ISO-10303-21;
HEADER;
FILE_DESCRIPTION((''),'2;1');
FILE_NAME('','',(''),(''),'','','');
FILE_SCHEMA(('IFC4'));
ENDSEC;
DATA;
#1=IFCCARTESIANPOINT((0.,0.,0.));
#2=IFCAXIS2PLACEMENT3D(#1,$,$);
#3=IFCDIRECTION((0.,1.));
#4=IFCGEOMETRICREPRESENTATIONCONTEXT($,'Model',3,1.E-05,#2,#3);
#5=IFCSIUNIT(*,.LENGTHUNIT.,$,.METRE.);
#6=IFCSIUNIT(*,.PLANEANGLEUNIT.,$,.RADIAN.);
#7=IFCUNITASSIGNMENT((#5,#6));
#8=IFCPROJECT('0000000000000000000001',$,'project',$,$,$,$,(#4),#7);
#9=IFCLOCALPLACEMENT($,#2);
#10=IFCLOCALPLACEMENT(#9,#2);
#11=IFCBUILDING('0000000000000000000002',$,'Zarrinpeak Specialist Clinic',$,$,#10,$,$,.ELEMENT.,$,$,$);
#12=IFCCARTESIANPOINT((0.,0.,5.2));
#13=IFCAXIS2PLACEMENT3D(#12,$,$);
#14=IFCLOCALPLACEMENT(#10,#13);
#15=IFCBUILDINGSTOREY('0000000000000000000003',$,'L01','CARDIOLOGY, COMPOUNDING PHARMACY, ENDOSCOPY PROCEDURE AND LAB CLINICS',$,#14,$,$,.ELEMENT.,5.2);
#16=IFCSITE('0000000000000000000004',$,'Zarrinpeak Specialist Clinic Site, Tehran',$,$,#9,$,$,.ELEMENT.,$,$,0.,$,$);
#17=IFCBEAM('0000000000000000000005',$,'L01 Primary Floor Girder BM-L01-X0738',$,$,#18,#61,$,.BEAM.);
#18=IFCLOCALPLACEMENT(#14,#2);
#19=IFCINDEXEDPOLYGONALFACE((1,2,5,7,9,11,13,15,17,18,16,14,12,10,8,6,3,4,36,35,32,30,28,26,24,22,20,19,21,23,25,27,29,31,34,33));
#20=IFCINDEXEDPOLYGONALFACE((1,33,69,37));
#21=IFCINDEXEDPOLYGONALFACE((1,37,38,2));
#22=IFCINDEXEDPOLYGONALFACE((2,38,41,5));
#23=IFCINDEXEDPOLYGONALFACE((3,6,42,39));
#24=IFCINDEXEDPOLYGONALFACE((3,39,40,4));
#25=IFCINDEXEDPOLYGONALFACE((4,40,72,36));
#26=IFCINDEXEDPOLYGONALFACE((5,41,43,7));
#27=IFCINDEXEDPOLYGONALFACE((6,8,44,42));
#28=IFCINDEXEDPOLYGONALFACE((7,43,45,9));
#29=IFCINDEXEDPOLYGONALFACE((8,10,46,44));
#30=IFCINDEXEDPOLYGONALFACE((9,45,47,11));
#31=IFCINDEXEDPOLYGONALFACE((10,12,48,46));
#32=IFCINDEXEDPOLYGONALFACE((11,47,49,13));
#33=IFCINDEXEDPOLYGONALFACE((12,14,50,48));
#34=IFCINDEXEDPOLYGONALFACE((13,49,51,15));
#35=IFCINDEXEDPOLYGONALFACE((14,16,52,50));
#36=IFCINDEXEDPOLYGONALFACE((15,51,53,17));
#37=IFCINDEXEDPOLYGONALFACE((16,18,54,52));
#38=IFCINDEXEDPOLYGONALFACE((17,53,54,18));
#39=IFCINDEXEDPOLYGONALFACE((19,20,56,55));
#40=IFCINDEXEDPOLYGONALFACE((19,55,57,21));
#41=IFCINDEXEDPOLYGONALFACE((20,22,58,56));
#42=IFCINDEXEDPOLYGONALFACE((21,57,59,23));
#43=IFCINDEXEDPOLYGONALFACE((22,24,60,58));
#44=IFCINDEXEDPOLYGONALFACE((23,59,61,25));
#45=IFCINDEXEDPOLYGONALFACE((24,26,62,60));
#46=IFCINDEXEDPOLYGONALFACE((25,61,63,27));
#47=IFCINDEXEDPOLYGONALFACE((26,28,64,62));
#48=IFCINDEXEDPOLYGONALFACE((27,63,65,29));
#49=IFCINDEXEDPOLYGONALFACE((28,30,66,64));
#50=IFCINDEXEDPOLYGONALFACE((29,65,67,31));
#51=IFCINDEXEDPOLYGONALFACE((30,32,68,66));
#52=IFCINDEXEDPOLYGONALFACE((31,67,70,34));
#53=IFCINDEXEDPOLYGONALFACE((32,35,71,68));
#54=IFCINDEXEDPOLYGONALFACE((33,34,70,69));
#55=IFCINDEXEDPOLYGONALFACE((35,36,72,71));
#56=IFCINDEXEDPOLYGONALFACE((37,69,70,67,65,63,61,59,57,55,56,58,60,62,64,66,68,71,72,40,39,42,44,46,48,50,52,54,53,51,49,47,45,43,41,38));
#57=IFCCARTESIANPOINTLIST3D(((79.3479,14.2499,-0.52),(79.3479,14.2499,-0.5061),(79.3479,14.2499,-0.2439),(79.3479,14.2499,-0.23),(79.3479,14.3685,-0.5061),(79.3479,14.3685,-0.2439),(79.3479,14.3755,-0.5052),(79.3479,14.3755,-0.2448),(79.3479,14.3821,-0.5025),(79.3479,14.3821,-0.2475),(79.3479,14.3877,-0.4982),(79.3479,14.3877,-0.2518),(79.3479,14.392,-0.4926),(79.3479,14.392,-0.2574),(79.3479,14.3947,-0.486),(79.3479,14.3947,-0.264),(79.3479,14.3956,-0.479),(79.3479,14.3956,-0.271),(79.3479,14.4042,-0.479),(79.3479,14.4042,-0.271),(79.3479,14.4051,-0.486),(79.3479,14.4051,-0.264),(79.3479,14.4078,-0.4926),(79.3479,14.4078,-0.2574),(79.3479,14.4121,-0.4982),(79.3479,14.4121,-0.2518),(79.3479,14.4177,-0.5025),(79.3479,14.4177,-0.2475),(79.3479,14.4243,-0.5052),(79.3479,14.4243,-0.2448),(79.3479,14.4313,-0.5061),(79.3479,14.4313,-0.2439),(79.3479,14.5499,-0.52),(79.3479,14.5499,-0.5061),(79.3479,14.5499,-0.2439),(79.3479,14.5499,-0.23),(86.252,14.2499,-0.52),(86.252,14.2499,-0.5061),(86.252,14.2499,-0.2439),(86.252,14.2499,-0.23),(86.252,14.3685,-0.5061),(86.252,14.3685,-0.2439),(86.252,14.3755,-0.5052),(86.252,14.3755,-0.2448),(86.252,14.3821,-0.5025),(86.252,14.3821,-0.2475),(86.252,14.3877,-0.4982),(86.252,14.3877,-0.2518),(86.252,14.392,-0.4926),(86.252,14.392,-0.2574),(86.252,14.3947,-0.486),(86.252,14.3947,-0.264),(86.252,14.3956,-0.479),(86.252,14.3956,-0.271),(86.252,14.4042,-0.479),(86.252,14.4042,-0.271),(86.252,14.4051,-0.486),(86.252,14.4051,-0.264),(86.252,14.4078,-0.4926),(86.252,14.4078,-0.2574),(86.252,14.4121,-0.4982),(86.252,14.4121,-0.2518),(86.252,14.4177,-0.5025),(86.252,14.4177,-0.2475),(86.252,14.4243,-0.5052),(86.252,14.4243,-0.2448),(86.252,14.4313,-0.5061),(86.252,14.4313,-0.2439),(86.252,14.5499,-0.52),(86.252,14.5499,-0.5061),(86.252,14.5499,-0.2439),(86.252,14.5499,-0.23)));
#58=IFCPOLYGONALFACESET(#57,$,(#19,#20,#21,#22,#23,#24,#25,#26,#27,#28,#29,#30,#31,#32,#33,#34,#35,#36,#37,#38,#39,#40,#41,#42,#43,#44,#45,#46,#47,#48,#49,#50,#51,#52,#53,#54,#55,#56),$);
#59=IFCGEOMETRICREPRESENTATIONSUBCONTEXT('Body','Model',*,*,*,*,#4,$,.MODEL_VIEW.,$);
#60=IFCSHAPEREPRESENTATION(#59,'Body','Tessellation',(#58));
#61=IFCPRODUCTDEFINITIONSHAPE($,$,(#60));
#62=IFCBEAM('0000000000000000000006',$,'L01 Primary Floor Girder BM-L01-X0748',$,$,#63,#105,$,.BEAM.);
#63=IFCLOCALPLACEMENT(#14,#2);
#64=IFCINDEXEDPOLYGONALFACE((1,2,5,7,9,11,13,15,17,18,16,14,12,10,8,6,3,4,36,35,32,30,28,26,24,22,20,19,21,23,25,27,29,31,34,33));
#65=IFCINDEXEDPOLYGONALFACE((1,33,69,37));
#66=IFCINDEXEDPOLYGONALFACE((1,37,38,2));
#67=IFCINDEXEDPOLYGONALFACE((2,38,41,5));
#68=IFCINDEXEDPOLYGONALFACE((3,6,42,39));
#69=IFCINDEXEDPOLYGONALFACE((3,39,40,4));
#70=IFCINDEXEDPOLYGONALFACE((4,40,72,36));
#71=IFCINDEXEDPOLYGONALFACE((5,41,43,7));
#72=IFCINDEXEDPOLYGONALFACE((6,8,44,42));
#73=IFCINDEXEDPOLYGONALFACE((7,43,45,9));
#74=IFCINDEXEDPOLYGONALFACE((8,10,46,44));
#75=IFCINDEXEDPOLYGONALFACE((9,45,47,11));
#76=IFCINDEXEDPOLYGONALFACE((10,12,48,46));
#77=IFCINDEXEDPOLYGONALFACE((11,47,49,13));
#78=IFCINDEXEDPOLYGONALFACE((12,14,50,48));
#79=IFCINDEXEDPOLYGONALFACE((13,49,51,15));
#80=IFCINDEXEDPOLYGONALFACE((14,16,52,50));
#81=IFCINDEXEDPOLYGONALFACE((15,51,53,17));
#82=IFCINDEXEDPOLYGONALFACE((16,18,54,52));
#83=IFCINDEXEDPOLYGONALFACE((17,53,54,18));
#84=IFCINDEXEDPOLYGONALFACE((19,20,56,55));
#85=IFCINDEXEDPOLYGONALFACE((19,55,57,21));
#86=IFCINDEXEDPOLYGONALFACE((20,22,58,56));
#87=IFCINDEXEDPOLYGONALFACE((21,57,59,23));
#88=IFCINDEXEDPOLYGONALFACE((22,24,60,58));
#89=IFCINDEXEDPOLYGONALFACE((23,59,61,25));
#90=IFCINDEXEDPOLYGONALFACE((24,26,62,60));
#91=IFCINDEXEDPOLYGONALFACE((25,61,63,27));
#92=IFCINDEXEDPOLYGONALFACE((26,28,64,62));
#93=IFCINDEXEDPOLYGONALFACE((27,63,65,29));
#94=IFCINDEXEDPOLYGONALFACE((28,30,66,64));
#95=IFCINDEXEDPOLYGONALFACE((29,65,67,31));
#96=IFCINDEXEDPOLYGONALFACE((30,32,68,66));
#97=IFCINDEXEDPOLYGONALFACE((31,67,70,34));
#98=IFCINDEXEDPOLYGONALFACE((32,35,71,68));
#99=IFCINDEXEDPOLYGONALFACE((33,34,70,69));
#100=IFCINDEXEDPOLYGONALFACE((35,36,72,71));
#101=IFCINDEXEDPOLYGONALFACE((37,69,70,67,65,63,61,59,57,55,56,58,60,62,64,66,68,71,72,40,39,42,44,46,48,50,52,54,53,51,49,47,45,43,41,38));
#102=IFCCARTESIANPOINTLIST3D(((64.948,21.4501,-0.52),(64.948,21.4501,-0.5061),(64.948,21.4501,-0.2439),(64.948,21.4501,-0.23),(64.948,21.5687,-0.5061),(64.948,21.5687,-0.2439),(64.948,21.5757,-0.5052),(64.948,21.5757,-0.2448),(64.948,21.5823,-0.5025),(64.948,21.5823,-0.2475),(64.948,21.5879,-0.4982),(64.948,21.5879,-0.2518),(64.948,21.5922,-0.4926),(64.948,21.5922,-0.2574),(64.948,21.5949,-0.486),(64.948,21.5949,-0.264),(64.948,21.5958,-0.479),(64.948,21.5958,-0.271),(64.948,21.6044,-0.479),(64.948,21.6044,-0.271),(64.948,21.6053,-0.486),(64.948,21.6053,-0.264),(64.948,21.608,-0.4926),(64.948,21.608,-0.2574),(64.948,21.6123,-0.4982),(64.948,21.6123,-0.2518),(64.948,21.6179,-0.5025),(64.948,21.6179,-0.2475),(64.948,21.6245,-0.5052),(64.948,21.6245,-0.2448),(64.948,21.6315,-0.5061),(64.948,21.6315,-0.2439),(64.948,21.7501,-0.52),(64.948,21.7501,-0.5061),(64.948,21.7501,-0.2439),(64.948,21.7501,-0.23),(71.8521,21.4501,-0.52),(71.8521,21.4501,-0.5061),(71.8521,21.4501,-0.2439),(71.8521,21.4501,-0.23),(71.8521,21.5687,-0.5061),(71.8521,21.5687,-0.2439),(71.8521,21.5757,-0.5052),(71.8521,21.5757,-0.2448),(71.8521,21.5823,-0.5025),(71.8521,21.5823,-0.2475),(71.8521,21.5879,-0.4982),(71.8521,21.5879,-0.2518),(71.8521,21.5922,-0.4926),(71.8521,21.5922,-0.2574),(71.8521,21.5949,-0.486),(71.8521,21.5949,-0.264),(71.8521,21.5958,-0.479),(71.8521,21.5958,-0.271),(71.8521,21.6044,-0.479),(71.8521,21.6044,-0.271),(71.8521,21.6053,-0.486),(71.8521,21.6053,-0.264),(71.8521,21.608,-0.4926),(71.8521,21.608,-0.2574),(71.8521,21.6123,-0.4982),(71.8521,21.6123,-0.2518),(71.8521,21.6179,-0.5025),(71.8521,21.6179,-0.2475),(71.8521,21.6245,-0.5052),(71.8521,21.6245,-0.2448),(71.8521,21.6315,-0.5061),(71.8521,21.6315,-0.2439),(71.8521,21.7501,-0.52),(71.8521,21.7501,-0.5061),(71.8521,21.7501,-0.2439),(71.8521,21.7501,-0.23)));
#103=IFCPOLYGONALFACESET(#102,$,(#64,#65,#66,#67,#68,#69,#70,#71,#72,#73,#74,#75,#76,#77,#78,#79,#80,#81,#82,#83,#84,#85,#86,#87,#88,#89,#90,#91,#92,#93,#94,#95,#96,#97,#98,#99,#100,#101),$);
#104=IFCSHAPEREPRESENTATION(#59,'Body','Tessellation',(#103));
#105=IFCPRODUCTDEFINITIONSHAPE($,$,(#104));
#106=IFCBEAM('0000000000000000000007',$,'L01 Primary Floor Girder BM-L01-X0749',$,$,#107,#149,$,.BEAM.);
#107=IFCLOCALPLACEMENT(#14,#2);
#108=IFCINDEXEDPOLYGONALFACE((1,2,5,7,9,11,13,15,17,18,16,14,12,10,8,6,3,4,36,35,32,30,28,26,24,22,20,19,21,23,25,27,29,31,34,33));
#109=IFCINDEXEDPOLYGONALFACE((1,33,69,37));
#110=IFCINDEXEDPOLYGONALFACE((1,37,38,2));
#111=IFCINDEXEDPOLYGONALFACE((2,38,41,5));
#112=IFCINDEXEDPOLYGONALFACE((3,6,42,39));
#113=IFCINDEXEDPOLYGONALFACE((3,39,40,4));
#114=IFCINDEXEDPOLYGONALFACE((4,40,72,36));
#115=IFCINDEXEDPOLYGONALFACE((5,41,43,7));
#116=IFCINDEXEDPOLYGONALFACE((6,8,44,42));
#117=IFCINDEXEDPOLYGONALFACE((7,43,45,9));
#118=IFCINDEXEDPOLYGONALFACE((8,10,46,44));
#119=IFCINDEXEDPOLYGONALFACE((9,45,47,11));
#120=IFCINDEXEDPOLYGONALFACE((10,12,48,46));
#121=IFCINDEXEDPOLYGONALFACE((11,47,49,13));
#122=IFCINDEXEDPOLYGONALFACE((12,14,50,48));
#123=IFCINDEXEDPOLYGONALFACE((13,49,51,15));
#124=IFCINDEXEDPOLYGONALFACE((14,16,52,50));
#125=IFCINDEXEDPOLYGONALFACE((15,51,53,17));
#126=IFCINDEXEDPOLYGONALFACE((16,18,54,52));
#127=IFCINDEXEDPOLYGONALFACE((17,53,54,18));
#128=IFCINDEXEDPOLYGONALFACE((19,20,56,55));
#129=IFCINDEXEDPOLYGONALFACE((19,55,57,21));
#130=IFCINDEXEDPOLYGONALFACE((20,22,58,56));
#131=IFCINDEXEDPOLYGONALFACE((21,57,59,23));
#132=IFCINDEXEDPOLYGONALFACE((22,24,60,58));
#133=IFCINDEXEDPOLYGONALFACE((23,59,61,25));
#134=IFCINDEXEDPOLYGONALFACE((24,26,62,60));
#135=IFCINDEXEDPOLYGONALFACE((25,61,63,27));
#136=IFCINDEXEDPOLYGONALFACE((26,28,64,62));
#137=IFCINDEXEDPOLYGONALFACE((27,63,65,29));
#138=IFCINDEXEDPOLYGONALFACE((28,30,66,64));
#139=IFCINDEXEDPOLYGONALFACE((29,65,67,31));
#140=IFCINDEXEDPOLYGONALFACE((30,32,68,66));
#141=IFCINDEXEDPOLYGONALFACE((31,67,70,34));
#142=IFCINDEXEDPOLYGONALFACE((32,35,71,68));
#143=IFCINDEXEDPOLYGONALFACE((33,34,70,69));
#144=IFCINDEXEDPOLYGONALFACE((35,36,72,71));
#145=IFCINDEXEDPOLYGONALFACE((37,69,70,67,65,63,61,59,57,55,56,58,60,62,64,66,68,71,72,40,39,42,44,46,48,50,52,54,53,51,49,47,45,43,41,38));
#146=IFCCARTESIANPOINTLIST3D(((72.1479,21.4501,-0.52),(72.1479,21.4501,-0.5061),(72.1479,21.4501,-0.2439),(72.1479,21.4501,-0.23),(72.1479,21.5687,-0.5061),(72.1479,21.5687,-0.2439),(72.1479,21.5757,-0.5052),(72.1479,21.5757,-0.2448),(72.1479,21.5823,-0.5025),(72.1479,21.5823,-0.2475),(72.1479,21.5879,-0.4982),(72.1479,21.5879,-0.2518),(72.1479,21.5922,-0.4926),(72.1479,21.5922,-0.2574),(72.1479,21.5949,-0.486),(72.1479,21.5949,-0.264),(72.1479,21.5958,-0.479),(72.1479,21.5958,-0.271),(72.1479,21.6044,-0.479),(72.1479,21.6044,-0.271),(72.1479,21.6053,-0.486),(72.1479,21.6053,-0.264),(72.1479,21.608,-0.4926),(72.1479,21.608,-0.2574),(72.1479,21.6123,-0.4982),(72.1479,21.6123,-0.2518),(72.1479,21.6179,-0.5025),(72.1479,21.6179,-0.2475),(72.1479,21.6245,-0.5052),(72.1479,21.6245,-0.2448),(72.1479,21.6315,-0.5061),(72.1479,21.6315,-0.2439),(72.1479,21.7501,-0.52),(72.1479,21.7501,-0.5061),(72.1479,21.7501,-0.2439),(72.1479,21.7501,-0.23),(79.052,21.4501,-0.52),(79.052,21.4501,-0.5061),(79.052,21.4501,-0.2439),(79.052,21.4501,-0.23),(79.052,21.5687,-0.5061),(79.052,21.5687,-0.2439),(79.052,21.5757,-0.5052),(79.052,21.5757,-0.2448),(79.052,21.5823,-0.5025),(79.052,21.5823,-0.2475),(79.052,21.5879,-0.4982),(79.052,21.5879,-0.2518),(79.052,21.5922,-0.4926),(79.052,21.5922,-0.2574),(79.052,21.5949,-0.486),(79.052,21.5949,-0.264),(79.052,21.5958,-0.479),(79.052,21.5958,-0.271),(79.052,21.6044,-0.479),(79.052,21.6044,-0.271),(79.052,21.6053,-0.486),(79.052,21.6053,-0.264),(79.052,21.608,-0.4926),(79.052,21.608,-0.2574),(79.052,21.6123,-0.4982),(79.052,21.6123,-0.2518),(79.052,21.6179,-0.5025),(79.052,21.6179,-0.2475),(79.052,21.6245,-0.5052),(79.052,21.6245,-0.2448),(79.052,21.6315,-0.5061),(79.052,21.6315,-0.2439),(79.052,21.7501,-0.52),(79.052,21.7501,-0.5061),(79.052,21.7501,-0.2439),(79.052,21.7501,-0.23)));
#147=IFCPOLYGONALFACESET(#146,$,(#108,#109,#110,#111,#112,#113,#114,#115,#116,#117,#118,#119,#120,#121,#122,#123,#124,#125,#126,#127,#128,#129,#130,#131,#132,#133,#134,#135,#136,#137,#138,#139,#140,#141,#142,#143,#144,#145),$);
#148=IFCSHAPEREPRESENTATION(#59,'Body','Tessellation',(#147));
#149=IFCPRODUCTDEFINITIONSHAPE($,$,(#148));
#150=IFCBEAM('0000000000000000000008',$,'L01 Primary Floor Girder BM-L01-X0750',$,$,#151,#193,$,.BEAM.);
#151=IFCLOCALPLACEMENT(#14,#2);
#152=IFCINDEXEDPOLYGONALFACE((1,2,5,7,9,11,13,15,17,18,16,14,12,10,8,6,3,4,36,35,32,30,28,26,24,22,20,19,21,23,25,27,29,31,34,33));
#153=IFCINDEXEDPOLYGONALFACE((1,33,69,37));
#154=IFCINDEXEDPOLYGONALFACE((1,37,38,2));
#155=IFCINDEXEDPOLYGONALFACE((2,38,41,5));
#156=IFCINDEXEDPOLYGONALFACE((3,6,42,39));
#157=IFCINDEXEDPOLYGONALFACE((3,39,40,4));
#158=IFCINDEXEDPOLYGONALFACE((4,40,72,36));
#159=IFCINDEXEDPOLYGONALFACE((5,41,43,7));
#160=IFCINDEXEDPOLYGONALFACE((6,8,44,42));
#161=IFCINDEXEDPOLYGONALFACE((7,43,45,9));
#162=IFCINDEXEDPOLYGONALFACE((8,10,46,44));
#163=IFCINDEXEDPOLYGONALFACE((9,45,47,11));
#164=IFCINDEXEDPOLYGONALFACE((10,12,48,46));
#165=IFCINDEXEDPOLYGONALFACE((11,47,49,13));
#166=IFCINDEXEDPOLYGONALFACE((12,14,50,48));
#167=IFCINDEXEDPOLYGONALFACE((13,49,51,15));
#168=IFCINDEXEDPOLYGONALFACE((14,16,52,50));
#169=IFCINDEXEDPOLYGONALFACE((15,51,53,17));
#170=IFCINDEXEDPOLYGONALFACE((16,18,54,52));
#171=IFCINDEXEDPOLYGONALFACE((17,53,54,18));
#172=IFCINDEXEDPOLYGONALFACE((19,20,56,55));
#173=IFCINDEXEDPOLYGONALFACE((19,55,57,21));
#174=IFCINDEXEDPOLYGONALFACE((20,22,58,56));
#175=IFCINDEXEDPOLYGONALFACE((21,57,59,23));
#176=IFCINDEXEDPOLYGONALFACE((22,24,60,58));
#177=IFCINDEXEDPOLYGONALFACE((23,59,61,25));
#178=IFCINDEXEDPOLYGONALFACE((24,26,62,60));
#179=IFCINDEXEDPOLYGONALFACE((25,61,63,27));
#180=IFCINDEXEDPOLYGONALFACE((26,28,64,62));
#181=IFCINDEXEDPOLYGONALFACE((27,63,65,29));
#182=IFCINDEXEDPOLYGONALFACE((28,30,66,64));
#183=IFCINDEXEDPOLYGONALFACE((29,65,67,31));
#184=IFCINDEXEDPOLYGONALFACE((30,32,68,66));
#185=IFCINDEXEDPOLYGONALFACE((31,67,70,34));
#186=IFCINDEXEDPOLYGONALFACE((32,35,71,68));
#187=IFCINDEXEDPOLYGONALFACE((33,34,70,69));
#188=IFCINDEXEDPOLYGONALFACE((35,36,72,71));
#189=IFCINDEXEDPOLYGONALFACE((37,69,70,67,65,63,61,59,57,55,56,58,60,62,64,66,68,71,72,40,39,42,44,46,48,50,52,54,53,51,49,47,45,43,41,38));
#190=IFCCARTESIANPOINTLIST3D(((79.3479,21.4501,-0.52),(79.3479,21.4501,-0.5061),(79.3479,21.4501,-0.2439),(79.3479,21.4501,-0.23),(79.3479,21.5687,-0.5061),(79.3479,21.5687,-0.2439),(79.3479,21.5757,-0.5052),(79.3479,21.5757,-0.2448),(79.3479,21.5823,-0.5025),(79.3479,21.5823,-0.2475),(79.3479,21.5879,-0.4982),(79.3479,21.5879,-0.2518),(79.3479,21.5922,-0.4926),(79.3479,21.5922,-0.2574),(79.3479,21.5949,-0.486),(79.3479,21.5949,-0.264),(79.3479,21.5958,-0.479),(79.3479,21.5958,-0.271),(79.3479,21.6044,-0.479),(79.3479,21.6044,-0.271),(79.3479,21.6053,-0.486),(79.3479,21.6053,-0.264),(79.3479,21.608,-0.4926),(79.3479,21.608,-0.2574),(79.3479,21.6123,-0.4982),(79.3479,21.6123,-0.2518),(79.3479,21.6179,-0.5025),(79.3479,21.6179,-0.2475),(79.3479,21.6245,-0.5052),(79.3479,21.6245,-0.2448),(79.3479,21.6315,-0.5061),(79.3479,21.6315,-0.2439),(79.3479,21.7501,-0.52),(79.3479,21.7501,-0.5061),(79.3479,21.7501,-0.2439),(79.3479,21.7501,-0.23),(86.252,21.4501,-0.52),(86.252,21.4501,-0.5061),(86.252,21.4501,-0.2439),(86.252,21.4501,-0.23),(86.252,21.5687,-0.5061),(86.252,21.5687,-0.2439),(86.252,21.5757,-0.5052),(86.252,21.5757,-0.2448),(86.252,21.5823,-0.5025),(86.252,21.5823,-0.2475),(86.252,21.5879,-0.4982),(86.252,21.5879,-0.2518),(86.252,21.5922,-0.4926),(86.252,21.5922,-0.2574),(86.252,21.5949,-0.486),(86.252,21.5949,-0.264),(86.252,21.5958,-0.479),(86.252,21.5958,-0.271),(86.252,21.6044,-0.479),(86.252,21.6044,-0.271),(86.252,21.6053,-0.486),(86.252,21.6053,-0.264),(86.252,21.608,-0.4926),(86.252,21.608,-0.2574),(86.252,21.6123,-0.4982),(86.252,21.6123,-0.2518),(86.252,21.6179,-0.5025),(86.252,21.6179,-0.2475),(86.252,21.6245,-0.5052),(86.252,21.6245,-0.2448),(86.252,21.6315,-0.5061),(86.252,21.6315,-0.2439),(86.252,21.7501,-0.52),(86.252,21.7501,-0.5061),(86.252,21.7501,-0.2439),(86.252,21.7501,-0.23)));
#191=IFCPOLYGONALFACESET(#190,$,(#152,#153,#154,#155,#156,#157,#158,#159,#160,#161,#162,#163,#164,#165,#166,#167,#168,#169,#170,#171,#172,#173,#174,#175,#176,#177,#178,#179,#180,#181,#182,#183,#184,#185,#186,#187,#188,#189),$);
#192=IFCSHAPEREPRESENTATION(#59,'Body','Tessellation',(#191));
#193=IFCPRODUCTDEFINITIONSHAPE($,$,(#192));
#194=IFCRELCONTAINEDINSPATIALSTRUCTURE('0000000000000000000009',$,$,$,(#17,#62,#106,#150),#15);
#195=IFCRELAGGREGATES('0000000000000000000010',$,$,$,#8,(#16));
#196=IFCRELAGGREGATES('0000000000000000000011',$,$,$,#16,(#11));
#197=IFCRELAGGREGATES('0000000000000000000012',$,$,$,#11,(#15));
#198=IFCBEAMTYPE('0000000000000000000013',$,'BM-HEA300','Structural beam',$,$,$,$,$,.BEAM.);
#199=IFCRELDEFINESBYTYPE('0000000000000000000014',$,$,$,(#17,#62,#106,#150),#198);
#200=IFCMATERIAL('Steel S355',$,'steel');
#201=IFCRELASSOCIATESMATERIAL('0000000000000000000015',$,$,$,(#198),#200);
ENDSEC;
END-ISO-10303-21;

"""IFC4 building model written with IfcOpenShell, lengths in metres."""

from ifc_helpers import new_model, si_unit, direction, frame, origin, origin_2d, place, context, subcontext, project, spatial, i_section, extrude, material, material_profile, profile_set, type_object, element, save


model = new_model("IFC4")

# Units and contexts
model_context = context("Model", 3, precision=1e-05, world=origin(), true_north=direction((0.0, 1.0)))
body_context = subcontext(model_context, "Body", "Model", "MODEL_VIEW")
ifc_project = project(units=[si_unit("LENGTHUNIT", "METRE"), si_unit("PLANEANGLEUNIT", "RADIAN")], contexts=[model_context])

# Site, building, storey
site_placement = place(None, origin())
site = spatial("IfcSite", under=ifc_project, at=site_placement, Name="Zarrinpeak Specialist Clinic Site, Tehran", CompositionType="ELEMENT", RefElevation=0.0)
building_placement = place(site_placement, origin())
building = spatial("IfcBuilding", under=site, at=building_placement, Name="Zarrinpeak Specialist Clinic", CompositionType="ELEMENT")
storey_placement = place(building_placement, frame((0.0, 0.0, 5.2)))
storey = spatial("IfcBuildingStorey", under=building, at=storey_placement, Name="L01", Description="CARDIOLOGY, COMPOUNDING PHARMACY, ENDOSCOPY PROCEDURE AND LAB CLINICS", CompositionType="ELEMENT", Elevation=5.2)

# Shared definitions
ifc_material_1 = material(Name="Steel S355", Category="steel")

# Beams
ifc_material_profile_1 = material_profile(ifc_material_1, i_section(OverallWidth=0.3, OverallDepth=0.29, WebThickness=0.0085, FlangeThickness=0.0139, FilletRadius=0.0271, at=origin_2d()), Name="HEA 300")
ifc_profile_set_1 = profile_set([ifc_material_profile_1], Name="Steel S355")
beam_type_1 = type_object("IfcBeamType", Name="BM-HEA300", Description="Structural beam", PredefinedType="BEAM", material=ifc_profile_set_1)
for number, where, z_axis, x_axis, name in (
    (1, (79.3479, 14.3999, -0.375), (1.0, 0.0, 0.0), (0.0, 1.0, 0.0), "L01 Primary Floor Girder BM-L01-X0738"),
    (2, (64.948, 21.6001, -0.375), (1.0, 0.0, 0.0), (0.0, 1.0, 0.0), "L01 Primary Floor Girder BM-L01-X0748"),
    (3, (72.1479, 21.6001, -0.375), (1.0, 0.0, 0.0), (0.0, 1.0, 0.0), "L01 Primary Floor Girder BM-L01-X0749"),
    (4, (79.3479, 21.6001, -0.375), (1.0, 0.0, 0.0), (0.0, 1.0, 0.0), "L01 Primary Floor Girder BM-L01-X0750"),
):
    element("IfcBeam", number, at=place(storey_placement, frame(where, z_axis=z_axis, x_axis=x_axis)), inside=storey, type_object=beam_type_1, Name=name, PredefinedType="BEAM", context=body_context, shape_type="SweptSolid", body=[
        extrude(i_section(OverallWidth=0.3, OverallDepth=0.29, WebThickness=0.0085, FlangeThickness=0.0139, FilletRadius=0.0271, at=origin_2d()), origin(), (0.0, 0.0, 1.0), 6.9041),
    ])

save(model, "model.ifc")
